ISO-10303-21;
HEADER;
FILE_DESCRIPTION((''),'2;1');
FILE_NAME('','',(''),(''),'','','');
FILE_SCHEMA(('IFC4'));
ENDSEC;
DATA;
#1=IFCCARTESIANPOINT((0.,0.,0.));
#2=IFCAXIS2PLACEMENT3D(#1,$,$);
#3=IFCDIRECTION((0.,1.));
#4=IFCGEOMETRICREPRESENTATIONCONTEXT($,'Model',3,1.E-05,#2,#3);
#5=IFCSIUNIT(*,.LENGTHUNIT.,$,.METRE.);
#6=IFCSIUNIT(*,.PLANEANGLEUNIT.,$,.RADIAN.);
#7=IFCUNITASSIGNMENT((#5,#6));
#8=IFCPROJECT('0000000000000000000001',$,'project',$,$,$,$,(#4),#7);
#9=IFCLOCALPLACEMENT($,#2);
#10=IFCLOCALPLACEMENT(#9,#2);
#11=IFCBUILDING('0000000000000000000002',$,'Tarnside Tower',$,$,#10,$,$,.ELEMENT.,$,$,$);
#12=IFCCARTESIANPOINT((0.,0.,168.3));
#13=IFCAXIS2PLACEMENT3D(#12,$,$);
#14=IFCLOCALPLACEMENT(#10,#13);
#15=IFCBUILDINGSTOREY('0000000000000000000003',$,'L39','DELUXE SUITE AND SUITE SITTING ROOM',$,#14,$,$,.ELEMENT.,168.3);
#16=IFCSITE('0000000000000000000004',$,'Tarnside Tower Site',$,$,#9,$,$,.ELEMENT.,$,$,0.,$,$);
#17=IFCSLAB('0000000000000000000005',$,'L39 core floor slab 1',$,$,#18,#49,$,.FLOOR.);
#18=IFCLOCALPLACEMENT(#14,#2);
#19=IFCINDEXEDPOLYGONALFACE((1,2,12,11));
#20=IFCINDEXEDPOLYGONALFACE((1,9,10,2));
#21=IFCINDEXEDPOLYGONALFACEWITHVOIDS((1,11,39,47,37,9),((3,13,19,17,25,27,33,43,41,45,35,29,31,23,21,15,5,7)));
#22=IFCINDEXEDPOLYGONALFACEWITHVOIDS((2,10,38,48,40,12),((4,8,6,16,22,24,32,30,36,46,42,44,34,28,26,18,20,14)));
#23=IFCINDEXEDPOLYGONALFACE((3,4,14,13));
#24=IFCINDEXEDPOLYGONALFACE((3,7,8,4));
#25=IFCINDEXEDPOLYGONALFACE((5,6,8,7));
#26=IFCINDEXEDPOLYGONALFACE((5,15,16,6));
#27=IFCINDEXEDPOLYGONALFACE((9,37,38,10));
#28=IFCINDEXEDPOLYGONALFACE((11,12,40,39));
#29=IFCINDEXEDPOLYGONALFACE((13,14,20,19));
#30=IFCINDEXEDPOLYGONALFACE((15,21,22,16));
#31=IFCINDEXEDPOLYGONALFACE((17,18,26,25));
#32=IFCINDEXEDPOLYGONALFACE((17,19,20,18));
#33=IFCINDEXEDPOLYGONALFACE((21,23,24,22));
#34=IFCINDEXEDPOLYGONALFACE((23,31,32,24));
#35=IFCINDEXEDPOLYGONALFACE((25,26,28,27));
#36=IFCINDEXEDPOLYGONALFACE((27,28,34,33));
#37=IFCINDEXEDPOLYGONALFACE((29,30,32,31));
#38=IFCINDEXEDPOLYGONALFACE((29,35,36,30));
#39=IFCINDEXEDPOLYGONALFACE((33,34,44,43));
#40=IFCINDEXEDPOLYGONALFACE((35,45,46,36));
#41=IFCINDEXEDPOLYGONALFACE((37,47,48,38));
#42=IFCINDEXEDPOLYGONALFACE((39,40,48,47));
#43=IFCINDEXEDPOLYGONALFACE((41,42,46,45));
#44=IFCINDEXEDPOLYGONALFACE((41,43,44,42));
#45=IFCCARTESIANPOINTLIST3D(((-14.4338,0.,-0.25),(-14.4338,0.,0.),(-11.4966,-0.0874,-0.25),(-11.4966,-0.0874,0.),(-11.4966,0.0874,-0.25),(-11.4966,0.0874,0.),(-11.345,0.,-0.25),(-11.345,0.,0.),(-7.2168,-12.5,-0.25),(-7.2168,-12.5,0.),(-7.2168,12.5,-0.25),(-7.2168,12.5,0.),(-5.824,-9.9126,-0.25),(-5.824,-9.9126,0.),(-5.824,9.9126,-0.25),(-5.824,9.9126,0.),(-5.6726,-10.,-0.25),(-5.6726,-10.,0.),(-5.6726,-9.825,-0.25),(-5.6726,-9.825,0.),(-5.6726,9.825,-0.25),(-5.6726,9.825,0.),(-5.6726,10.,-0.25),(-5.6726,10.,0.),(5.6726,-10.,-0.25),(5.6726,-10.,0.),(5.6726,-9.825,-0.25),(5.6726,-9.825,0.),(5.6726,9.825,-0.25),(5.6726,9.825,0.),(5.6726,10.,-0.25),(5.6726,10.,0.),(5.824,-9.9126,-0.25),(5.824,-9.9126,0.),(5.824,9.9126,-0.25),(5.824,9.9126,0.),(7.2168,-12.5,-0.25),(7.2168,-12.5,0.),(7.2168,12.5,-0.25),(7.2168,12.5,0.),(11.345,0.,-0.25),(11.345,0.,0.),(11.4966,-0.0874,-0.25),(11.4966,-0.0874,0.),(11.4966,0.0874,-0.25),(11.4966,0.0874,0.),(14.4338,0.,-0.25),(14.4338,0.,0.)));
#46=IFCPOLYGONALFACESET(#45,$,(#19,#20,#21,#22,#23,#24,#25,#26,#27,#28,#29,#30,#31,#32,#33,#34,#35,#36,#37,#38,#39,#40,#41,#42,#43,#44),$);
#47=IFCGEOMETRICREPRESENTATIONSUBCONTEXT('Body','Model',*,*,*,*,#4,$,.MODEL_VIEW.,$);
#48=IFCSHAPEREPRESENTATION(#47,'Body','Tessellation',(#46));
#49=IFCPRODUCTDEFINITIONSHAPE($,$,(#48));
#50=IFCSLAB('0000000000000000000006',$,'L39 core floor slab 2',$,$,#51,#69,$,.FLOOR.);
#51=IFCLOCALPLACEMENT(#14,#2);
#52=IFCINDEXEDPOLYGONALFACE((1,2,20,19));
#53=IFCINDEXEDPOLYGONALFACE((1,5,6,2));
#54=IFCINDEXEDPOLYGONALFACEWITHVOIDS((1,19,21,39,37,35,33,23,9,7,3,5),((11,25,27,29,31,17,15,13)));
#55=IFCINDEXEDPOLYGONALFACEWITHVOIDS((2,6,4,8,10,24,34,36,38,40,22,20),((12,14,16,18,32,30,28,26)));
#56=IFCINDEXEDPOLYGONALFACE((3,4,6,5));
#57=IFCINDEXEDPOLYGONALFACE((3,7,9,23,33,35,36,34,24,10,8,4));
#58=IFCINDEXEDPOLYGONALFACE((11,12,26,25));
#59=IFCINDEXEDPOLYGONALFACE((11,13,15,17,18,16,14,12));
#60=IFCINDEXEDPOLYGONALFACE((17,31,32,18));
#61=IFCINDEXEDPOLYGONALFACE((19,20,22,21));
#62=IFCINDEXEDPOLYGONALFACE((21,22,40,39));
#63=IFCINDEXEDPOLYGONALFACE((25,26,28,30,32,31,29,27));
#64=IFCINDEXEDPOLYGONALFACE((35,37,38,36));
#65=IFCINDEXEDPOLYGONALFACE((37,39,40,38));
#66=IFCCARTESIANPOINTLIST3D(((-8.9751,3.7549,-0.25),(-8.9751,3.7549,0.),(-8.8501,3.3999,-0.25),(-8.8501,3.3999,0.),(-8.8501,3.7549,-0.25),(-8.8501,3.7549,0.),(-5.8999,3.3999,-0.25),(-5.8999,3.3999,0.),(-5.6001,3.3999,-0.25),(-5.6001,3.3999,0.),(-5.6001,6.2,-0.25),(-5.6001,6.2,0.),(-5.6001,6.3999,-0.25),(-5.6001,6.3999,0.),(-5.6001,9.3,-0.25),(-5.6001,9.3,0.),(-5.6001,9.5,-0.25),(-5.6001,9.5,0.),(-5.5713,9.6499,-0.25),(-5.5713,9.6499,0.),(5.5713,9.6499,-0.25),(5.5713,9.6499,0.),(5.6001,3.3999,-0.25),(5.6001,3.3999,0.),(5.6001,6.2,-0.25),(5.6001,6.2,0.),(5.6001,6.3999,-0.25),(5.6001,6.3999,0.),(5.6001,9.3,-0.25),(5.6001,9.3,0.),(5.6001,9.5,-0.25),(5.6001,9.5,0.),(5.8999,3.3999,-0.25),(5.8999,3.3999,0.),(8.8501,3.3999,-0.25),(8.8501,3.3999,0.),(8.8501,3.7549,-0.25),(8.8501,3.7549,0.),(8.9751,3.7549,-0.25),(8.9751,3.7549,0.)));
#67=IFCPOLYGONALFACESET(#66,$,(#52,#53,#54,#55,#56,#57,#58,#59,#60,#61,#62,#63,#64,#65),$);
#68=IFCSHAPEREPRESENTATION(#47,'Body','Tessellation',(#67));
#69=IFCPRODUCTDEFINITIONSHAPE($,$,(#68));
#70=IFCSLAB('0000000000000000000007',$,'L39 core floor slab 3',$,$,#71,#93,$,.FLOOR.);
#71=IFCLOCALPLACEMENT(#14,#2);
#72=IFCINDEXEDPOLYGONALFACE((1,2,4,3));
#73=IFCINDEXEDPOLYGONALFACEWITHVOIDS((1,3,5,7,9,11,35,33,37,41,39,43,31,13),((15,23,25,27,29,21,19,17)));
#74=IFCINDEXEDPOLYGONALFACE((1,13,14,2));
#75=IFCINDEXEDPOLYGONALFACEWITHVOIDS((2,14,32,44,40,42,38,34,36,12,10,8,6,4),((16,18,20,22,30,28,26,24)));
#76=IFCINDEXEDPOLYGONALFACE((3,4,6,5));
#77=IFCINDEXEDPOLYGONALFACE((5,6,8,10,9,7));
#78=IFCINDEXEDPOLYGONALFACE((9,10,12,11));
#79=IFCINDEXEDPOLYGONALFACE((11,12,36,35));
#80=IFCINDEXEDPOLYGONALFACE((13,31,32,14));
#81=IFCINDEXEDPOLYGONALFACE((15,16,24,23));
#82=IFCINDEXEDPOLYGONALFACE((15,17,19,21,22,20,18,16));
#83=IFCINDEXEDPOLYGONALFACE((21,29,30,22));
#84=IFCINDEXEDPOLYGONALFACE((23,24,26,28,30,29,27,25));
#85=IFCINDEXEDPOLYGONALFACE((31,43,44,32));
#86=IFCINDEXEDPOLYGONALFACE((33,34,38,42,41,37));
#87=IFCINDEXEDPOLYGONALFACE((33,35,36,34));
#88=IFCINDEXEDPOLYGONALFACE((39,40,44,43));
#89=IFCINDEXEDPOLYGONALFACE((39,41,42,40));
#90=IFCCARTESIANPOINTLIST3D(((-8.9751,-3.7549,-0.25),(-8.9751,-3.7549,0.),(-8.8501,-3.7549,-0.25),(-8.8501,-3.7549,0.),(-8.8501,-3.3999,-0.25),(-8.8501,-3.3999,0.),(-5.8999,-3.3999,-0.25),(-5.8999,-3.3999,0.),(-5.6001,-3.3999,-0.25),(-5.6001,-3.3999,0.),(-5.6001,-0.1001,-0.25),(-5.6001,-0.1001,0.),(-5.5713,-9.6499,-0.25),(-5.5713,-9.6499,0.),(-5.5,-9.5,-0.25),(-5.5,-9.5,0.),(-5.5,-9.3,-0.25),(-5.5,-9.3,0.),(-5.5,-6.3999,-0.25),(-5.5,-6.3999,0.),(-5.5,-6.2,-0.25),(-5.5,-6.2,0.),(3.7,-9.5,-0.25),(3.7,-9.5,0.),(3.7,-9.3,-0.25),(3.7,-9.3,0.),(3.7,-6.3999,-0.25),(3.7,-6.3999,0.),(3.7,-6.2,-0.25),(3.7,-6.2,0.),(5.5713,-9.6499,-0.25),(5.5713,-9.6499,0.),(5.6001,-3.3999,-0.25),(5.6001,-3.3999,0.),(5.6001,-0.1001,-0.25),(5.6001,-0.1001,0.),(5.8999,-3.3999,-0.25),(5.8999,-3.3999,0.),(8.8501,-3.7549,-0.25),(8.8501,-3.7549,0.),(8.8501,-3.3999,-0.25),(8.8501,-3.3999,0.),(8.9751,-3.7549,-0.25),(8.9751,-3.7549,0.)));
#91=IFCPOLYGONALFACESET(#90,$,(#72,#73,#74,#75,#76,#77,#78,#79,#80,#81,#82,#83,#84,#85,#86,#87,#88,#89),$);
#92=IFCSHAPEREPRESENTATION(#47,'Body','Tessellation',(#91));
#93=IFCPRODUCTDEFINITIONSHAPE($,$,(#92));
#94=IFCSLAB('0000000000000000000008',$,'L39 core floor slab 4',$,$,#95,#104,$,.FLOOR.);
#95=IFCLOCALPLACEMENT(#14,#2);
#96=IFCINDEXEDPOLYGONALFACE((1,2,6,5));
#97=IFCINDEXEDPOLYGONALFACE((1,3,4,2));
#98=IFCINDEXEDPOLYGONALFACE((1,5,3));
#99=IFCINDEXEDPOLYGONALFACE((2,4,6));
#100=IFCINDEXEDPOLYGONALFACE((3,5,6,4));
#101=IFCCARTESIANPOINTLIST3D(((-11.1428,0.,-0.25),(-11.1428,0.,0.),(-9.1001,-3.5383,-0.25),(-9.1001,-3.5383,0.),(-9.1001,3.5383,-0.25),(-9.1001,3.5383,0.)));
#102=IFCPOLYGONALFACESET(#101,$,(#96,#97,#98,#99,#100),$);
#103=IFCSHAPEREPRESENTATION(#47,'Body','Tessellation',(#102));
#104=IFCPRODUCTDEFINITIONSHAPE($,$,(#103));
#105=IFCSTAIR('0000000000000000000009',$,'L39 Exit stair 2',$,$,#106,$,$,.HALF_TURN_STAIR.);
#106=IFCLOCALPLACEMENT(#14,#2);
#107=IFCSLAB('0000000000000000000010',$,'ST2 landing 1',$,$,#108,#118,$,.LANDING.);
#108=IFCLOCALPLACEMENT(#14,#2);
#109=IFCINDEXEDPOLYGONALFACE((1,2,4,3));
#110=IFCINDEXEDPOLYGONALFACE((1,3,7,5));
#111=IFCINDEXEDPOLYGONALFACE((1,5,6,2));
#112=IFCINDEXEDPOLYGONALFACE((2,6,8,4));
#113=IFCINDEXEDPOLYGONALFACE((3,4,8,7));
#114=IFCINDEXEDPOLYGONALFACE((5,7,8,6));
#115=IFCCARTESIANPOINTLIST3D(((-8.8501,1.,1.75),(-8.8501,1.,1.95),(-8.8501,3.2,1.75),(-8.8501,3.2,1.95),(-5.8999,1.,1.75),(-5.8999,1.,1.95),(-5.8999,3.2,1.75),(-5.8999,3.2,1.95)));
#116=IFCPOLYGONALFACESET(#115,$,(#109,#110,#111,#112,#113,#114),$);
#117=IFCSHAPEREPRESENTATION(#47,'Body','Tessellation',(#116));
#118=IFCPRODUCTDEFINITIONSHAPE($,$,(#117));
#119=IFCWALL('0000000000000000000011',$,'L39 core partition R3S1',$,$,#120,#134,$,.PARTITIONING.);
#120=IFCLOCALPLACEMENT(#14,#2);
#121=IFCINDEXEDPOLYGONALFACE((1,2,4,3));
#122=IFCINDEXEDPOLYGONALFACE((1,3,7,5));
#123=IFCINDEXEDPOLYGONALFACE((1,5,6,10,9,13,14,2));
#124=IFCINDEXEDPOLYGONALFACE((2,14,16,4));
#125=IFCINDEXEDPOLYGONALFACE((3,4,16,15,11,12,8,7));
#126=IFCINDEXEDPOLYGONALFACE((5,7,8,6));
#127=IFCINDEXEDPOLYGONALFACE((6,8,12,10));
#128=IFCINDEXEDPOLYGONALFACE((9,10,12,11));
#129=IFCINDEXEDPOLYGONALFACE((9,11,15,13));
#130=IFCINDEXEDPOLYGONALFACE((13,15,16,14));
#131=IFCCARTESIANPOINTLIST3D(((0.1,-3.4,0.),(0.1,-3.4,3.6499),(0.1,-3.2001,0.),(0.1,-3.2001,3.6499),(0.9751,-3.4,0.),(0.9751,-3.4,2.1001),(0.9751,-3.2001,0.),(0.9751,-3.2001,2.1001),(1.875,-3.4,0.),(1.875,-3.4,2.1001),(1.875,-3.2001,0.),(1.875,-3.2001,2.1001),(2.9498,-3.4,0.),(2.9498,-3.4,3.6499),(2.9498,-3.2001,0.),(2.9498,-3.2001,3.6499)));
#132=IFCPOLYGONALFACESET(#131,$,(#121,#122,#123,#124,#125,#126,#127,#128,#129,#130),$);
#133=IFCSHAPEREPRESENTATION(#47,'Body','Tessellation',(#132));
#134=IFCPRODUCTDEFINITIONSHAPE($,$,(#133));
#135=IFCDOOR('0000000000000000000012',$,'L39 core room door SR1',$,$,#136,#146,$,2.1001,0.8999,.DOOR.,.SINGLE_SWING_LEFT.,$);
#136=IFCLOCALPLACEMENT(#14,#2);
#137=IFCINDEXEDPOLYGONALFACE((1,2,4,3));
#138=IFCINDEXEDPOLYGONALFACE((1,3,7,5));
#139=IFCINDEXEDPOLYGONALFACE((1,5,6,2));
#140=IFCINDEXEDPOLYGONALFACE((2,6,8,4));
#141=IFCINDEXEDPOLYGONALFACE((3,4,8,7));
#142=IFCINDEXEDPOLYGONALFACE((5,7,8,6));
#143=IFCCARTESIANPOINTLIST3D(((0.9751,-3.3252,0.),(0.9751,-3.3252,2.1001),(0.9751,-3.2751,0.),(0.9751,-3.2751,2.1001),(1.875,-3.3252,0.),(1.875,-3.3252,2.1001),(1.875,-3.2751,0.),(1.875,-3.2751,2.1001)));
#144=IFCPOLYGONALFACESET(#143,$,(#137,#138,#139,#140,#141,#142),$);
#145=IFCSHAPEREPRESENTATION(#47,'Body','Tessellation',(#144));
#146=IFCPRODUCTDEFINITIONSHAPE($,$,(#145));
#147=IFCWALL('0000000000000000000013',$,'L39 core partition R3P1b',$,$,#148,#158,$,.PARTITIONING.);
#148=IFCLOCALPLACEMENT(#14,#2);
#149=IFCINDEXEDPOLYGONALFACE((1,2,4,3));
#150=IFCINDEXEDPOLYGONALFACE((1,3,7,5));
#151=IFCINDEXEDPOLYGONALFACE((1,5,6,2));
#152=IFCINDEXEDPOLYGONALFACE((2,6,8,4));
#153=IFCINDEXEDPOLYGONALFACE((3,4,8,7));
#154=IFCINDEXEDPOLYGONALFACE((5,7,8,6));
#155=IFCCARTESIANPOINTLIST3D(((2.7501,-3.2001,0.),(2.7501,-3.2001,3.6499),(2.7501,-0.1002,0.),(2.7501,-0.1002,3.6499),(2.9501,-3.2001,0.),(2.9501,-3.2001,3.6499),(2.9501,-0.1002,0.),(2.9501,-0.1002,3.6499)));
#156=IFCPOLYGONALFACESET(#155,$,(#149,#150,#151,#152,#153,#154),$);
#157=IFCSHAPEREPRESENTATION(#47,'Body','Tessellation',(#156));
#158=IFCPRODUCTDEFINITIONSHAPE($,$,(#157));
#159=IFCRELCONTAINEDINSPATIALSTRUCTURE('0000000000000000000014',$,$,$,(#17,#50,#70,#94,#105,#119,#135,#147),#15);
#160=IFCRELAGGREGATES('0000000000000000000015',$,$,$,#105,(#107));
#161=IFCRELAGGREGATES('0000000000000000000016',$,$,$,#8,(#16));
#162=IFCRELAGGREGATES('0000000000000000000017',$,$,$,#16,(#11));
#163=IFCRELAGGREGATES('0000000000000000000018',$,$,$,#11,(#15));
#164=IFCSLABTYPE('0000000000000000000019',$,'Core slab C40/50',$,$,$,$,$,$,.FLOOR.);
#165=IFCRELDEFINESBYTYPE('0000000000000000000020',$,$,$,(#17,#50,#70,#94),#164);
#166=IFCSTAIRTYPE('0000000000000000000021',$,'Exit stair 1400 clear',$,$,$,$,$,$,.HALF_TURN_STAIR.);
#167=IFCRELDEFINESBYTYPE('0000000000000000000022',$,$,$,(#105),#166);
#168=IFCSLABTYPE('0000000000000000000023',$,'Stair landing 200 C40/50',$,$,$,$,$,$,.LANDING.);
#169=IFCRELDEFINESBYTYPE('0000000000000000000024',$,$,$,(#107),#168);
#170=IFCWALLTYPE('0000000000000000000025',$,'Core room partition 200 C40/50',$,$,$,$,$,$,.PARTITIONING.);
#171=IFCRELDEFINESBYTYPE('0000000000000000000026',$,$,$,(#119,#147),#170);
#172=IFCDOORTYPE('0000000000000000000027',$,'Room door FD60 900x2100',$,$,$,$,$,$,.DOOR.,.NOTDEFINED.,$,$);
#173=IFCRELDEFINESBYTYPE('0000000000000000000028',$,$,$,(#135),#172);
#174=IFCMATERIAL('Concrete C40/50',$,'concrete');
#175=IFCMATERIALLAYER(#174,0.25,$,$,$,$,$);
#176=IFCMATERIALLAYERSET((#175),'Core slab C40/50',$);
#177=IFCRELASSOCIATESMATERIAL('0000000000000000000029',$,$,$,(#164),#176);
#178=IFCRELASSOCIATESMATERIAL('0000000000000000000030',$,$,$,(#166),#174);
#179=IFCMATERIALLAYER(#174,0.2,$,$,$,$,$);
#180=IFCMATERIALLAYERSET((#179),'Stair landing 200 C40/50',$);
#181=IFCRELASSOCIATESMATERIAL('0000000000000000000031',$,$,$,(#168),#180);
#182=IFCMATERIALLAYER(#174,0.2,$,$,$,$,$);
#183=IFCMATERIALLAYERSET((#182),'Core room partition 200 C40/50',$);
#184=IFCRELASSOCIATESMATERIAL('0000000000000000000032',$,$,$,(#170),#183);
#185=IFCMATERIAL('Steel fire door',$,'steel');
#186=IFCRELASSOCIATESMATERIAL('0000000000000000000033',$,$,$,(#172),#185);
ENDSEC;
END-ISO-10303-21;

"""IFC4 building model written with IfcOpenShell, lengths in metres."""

from ifc_helpers import new_model, si_unit, direction, frame, frame_2d, origin, place, context, subcontext, project, spatial, polyline, rectangle, outline, extrude, material, layer, layer_set, type_object, element, fill, aggregate, save


model = new_model("IFC4")

# Units and contexts
model_context = context("Model", 3, precision=1e-05, world=origin(), true_north=direction((0.0, 1.0)))
body_context = subcontext(model_context, "Body", "Model", "MODEL_VIEW")
ifc_project = project(units=[si_unit("LENGTHUNIT", "METRE"), si_unit("PLANEANGLEUNIT", "RADIAN")], contexts=[model_context])

# Site, building, storey
site_placement = place(None, origin())
site = spatial("IfcSite", under=ifc_project, at=site_placement, Name="Tarnside Tower Site", CompositionType="ELEMENT", RefElevation=0.0)
building_placement = place(site_placement, origin())
building = spatial("IfcBuilding", under=site, at=building_placement, Name="Tarnside Tower", CompositionType="ELEMENT")
storey_placement = place(building_placement, frame((0.0, 0.0, 168.3)))
storey = spatial("IfcBuildingStorey", under=building, at=storey_placement, Name="L39", Description="DELUXE SUITE AND SUITE SITTING ROOM", CompositionType="ELEMENT", Elevation=168.3)

# Slabs
ifc_material_1 = material(Name="Concrete C40/50", Category="concrete")
ifc_layer_1 = layer(ifc_material_1, 0.25)
ifc_layer_set_1 = layer_set([ifc_layer_1], Name="Core slab C40/50")
slab_type_1 = type_object("IfcSlabType", Name="Core slab C40/50", PredefinedType="FLOOR", material=ifc_layer_set_1)
slab_1_placement = place(storey_placement, frame((0.0, 0.0, -0.25)))
element("IfcSlab", 1, at=slab_1_placement, inside=storey, type_object=slab_type_1, Name="L39 core floor slab 1", PredefinedType="FLOOR", context=body_context, shape_type="SweptSolid", body=[
    extrude(outline(polyline([(-7.2168, 12.5), (7.2168, 12.5), (14.4338, 0.0), (7.2168, -12.5), (-7.2168, -12.5), (-14.4338, 0.0), (-7.2168, 12.5)]), holes=[polyline([(5.824, -9.9126), (11.4966, -0.0874), (11.345, 0.0), (11.4966, 0.0874), (5.824, 9.9126), (5.6726, 9.825), (5.6726, 10.0), (-5.6726, 10.0), (-5.6726, 9.825), (-5.824, 9.9126), (-11.4966, 0.0874), (-11.345, 0.0), (-11.4966, -0.0874), (-5.824, -9.9126), (-5.6726, -9.825), (-5.6726, -10.0), (5.6726, -10.0), (5.6726, -9.825), (5.824, -9.9126)])]), origin(), (0.0, 0.0, 1.0), 0.25),
])
slab_2_placement = place(storey_placement, frame((0.0, 0.0, -0.25)))
element("IfcSlab", 2, at=slab_2_placement, inside=storey, type_object=slab_type_1, Name="L39 core floor slab 2", PredefinedType="FLOOR", context=body_context, shape_type="SweptSolid", body=[
    extrude(outline(polyline([(-8.9751, 3.7549), (-5.5713, 9.6499), (5.5713, 9.6499), (8.9751, 3.7549), (8.8501, 3.7549), (8.8501, 3.3999), (5.8999, 3.3999), (5.6001, 3.3999), (5.6001, 3.3999), (-5.6001, 3.3999), (-5.8999, 3.3999), (-8.8501, 3.3999), (-8.8501, 3.7549), (-8.9751, 3.7549)]), holes=[polyline([(-5.6001, 6.2), (5.6001, 6.2), (5.6001, 6.3999), (5.6001, 9.3), (5.6001, 9.5), (-5.6001, 9.5), (-5.6001, 9.3), (-5.6001, 6.3999), (-5.6001, 6.2)])]), origin(), (0.0, 0.0, 1.0), 0.25),
])
slab_3_placement = place(storey_placement, frame((0.0, 0.0, -0.25)))
element("IfcSlab", 3, at=slab_3_placement, inside=storey, type_object=slab_type_1, Name="L39 core floor slab 3", PredefinedType="FLOOR", context=body_context, shape_type="SweptSolid", body=[
    extrude(outline(polyline([(5.6001, -3.3999), (5.8999, -3.3999), (8.8501, -3.3999), (8.8501, -3.7549), (8.9751, -3.7549), (5.5713, -9.6499), (-5.5713, -9.6499), (-8.9751, -3.7549), (-8.8501, -3.7549), (-8.8501, -3.3999), (-5.8999, -3.3999), (-5.6001, -3.3999), (-5.6001, -0.1001), (5.6001, -0.1001), (5.6001, -3.3999)]), holes=[polyline([(-5.5, -9.3), (-5.5, -9.5), (3.7, -9.5), (3.7, -9.3), (3.7, -6.3999), (3.7, -6.2), (-5.5, -6.2), (-5.5, -6.3999), (-5.5, -9.3)])]), origin(), (0.0, 0.0, 1.0), 0.25),
])
slab_4_placement = place(storey_placement, frame((0.0, 0.0, -0.25)))
element("IfcSlab", 4, at=slab_4_placement, inside=storey, type_object=slab_type_1, Name="L39 core floor slab 4", PredefinedType="FLOOR", context=body_context, shape_type="SweptSolid", body=[
    extrude(outline(polyline([(-11.1428, 0.0), (-9.1001, 3.5383), (-9.1001, -3.5383), (-11.1428, 0.0)])), origin(), (0.0, 0.0, 1.0), 0.25),
])

# Stair, slab
stair_type = type_object("IfcStairType", Name="Exit stair 1400 clear", PredefinedType="HALF_TURN_STAIR", material=ifc_material_1)
stair_1_placement = place(storey_placement, origin())
stair_1 = element("IfcStair", 5, at=stair_1_placement, inside=storey, type_object=stair_type, Name="L39 Exit stair 2", PredefinedType="HALF_TURN_STAIR")
ifc_layer_2 = layer(ifc_material_1, 0.2)
ifc_layer_set_2 = layer_set([ifc_layer_2], Name="Stair landing 200 C40/50")
slab_type_2 = type_object("IfcSlabType", Name="Stair landing 200 C40/50", PredefinedType="LANDING", material=ifc_layer_set_2)
slab_5_placement = place(storey_placement, frame((0.0, 0.0, 1.75)))
slab_5 = element("IfcSlab", 6, at=slab_5_placement, type_object=slab_type_2, Name="ST2 landing 1", PredefinedType="LANDING", context=body_context, shape_type="SweptSolid", body=[
    extrude(outline(polyline([(-5.8999, 1.0), (-5.8999, 3.2), (-8.8501, 3.2), (-8.8501, 1.0), (-5.8999, 1.0)])), origin(), (0.0, 0.0, 1.0), 0.2),
])
aggregate(stair_1, [slab_5])

# Wall, opening, door
ifc_layer_3 = layer(ifc_material_1, 0.2)
ifc_layer_set_3 = layer_set([ifc_layer_3], Name="Core room partition 200 C40/50")
wall_type_1 = type_object("IfcWallType", Name="Core room partition 200 C40/50", PredefinedType="PARTITIONING", material=ifc_layer_set_3)
wall_1_placement = place(storey_placement, frame((0.1001, -3.3, 0.0), z_axis=(0.0, 0.0, 1.0), x_axis=(1.0, 0.0, 0.0)))
wall_1 = element("IfcWall", 7, at=wall_1_placement, inside=storey, type_object=wall_type_1, Name="L39 core partition R3S1", PredefinedType="PARTITIONING", context=body_context, shape_type="SweptSolid", body=[
    extrude(rectangle(XDim=2.8499, YDim=0.2, at=frame_2d((1.4248, 0.0))), origin(), (0.0, 0.0, 1.0), 3.6499),
])
opening_1_placement = place(wall_1_placement, frame((0.875, 0.0, 0.0)))
opening_1 = element("IfcOpeningElement", 8, at=opening_1_placement, cuts=wall_1, PredefinedType="OPENING", context=body_context, shape_type="SweptSolid", body=[
    extrude(rectangle(XDim=0.8999, YDim=2.1001, at=frame_2d((0.45, 1.05))), frame((0.0, 0.1099, 0.0), z_axis=(0.0, -1.0, 0.0), x_axis=(1.0, 0.0, 0.0)), (0.0, 0.0, 1.0), 0.22),
])
ifc_material_2 = material(Name="Steel fire door", Category="steel")
door_type_1 = type_object("IfcDoorType", Name="Room door FD60 900x2100", OperationType="NOTDEFINED", PredefinedType="DOOR", material=ifc_material_2)
door_1_placement = place(opening_1_placement, origin())
door_1 = element("IfcDoor", 9, at=door_1_placement, inside=storey, type_object=door_type_1, Name="L39 core room door SR1", OperationType="SINGLE_SWING_LEFT", OverallHeight=2.1001, OverallWidth=0.8999, PredefinedType="DOOR", context=body_context, shape_type="SweptSolid", body=[
    extrude(rectangle(XDim=0.8999, YDim=2.1001, at=frame_2d((0.45, 1.05))), frame((0.0, 0.0249, 0.0), z_axis=(0.0, -1.0, 0.0), x_axis=(1.0, 0.0, 0.0)), (0.0, 0.0, 1.0), 0.05),
])
fill(opening_1, door_1)

# Wall
wall_2_placement = place(storey_placement, frame((2.8501, -3.2, 0.0), z_axis=(0.0, 0.0, 1.0), x_axis=(0.0, 1.0, 0.0)))
element("IfcWall", 10, at=wall_2_placement, inside=storey, type_object=wall_type_1, Name="L39 core partition R3P1b", PredefinedType="PARTITIONING", context=body_context, shape_type="SweptSolid", body=[
    extrude(rectangle(XDim=3.0999, YDim=0.2, at=frame_2d((1.5498, 0.0))), origin(), (0.0, 0.0, 1.0), 3.6499),
])

save(model, "model.ifc")
